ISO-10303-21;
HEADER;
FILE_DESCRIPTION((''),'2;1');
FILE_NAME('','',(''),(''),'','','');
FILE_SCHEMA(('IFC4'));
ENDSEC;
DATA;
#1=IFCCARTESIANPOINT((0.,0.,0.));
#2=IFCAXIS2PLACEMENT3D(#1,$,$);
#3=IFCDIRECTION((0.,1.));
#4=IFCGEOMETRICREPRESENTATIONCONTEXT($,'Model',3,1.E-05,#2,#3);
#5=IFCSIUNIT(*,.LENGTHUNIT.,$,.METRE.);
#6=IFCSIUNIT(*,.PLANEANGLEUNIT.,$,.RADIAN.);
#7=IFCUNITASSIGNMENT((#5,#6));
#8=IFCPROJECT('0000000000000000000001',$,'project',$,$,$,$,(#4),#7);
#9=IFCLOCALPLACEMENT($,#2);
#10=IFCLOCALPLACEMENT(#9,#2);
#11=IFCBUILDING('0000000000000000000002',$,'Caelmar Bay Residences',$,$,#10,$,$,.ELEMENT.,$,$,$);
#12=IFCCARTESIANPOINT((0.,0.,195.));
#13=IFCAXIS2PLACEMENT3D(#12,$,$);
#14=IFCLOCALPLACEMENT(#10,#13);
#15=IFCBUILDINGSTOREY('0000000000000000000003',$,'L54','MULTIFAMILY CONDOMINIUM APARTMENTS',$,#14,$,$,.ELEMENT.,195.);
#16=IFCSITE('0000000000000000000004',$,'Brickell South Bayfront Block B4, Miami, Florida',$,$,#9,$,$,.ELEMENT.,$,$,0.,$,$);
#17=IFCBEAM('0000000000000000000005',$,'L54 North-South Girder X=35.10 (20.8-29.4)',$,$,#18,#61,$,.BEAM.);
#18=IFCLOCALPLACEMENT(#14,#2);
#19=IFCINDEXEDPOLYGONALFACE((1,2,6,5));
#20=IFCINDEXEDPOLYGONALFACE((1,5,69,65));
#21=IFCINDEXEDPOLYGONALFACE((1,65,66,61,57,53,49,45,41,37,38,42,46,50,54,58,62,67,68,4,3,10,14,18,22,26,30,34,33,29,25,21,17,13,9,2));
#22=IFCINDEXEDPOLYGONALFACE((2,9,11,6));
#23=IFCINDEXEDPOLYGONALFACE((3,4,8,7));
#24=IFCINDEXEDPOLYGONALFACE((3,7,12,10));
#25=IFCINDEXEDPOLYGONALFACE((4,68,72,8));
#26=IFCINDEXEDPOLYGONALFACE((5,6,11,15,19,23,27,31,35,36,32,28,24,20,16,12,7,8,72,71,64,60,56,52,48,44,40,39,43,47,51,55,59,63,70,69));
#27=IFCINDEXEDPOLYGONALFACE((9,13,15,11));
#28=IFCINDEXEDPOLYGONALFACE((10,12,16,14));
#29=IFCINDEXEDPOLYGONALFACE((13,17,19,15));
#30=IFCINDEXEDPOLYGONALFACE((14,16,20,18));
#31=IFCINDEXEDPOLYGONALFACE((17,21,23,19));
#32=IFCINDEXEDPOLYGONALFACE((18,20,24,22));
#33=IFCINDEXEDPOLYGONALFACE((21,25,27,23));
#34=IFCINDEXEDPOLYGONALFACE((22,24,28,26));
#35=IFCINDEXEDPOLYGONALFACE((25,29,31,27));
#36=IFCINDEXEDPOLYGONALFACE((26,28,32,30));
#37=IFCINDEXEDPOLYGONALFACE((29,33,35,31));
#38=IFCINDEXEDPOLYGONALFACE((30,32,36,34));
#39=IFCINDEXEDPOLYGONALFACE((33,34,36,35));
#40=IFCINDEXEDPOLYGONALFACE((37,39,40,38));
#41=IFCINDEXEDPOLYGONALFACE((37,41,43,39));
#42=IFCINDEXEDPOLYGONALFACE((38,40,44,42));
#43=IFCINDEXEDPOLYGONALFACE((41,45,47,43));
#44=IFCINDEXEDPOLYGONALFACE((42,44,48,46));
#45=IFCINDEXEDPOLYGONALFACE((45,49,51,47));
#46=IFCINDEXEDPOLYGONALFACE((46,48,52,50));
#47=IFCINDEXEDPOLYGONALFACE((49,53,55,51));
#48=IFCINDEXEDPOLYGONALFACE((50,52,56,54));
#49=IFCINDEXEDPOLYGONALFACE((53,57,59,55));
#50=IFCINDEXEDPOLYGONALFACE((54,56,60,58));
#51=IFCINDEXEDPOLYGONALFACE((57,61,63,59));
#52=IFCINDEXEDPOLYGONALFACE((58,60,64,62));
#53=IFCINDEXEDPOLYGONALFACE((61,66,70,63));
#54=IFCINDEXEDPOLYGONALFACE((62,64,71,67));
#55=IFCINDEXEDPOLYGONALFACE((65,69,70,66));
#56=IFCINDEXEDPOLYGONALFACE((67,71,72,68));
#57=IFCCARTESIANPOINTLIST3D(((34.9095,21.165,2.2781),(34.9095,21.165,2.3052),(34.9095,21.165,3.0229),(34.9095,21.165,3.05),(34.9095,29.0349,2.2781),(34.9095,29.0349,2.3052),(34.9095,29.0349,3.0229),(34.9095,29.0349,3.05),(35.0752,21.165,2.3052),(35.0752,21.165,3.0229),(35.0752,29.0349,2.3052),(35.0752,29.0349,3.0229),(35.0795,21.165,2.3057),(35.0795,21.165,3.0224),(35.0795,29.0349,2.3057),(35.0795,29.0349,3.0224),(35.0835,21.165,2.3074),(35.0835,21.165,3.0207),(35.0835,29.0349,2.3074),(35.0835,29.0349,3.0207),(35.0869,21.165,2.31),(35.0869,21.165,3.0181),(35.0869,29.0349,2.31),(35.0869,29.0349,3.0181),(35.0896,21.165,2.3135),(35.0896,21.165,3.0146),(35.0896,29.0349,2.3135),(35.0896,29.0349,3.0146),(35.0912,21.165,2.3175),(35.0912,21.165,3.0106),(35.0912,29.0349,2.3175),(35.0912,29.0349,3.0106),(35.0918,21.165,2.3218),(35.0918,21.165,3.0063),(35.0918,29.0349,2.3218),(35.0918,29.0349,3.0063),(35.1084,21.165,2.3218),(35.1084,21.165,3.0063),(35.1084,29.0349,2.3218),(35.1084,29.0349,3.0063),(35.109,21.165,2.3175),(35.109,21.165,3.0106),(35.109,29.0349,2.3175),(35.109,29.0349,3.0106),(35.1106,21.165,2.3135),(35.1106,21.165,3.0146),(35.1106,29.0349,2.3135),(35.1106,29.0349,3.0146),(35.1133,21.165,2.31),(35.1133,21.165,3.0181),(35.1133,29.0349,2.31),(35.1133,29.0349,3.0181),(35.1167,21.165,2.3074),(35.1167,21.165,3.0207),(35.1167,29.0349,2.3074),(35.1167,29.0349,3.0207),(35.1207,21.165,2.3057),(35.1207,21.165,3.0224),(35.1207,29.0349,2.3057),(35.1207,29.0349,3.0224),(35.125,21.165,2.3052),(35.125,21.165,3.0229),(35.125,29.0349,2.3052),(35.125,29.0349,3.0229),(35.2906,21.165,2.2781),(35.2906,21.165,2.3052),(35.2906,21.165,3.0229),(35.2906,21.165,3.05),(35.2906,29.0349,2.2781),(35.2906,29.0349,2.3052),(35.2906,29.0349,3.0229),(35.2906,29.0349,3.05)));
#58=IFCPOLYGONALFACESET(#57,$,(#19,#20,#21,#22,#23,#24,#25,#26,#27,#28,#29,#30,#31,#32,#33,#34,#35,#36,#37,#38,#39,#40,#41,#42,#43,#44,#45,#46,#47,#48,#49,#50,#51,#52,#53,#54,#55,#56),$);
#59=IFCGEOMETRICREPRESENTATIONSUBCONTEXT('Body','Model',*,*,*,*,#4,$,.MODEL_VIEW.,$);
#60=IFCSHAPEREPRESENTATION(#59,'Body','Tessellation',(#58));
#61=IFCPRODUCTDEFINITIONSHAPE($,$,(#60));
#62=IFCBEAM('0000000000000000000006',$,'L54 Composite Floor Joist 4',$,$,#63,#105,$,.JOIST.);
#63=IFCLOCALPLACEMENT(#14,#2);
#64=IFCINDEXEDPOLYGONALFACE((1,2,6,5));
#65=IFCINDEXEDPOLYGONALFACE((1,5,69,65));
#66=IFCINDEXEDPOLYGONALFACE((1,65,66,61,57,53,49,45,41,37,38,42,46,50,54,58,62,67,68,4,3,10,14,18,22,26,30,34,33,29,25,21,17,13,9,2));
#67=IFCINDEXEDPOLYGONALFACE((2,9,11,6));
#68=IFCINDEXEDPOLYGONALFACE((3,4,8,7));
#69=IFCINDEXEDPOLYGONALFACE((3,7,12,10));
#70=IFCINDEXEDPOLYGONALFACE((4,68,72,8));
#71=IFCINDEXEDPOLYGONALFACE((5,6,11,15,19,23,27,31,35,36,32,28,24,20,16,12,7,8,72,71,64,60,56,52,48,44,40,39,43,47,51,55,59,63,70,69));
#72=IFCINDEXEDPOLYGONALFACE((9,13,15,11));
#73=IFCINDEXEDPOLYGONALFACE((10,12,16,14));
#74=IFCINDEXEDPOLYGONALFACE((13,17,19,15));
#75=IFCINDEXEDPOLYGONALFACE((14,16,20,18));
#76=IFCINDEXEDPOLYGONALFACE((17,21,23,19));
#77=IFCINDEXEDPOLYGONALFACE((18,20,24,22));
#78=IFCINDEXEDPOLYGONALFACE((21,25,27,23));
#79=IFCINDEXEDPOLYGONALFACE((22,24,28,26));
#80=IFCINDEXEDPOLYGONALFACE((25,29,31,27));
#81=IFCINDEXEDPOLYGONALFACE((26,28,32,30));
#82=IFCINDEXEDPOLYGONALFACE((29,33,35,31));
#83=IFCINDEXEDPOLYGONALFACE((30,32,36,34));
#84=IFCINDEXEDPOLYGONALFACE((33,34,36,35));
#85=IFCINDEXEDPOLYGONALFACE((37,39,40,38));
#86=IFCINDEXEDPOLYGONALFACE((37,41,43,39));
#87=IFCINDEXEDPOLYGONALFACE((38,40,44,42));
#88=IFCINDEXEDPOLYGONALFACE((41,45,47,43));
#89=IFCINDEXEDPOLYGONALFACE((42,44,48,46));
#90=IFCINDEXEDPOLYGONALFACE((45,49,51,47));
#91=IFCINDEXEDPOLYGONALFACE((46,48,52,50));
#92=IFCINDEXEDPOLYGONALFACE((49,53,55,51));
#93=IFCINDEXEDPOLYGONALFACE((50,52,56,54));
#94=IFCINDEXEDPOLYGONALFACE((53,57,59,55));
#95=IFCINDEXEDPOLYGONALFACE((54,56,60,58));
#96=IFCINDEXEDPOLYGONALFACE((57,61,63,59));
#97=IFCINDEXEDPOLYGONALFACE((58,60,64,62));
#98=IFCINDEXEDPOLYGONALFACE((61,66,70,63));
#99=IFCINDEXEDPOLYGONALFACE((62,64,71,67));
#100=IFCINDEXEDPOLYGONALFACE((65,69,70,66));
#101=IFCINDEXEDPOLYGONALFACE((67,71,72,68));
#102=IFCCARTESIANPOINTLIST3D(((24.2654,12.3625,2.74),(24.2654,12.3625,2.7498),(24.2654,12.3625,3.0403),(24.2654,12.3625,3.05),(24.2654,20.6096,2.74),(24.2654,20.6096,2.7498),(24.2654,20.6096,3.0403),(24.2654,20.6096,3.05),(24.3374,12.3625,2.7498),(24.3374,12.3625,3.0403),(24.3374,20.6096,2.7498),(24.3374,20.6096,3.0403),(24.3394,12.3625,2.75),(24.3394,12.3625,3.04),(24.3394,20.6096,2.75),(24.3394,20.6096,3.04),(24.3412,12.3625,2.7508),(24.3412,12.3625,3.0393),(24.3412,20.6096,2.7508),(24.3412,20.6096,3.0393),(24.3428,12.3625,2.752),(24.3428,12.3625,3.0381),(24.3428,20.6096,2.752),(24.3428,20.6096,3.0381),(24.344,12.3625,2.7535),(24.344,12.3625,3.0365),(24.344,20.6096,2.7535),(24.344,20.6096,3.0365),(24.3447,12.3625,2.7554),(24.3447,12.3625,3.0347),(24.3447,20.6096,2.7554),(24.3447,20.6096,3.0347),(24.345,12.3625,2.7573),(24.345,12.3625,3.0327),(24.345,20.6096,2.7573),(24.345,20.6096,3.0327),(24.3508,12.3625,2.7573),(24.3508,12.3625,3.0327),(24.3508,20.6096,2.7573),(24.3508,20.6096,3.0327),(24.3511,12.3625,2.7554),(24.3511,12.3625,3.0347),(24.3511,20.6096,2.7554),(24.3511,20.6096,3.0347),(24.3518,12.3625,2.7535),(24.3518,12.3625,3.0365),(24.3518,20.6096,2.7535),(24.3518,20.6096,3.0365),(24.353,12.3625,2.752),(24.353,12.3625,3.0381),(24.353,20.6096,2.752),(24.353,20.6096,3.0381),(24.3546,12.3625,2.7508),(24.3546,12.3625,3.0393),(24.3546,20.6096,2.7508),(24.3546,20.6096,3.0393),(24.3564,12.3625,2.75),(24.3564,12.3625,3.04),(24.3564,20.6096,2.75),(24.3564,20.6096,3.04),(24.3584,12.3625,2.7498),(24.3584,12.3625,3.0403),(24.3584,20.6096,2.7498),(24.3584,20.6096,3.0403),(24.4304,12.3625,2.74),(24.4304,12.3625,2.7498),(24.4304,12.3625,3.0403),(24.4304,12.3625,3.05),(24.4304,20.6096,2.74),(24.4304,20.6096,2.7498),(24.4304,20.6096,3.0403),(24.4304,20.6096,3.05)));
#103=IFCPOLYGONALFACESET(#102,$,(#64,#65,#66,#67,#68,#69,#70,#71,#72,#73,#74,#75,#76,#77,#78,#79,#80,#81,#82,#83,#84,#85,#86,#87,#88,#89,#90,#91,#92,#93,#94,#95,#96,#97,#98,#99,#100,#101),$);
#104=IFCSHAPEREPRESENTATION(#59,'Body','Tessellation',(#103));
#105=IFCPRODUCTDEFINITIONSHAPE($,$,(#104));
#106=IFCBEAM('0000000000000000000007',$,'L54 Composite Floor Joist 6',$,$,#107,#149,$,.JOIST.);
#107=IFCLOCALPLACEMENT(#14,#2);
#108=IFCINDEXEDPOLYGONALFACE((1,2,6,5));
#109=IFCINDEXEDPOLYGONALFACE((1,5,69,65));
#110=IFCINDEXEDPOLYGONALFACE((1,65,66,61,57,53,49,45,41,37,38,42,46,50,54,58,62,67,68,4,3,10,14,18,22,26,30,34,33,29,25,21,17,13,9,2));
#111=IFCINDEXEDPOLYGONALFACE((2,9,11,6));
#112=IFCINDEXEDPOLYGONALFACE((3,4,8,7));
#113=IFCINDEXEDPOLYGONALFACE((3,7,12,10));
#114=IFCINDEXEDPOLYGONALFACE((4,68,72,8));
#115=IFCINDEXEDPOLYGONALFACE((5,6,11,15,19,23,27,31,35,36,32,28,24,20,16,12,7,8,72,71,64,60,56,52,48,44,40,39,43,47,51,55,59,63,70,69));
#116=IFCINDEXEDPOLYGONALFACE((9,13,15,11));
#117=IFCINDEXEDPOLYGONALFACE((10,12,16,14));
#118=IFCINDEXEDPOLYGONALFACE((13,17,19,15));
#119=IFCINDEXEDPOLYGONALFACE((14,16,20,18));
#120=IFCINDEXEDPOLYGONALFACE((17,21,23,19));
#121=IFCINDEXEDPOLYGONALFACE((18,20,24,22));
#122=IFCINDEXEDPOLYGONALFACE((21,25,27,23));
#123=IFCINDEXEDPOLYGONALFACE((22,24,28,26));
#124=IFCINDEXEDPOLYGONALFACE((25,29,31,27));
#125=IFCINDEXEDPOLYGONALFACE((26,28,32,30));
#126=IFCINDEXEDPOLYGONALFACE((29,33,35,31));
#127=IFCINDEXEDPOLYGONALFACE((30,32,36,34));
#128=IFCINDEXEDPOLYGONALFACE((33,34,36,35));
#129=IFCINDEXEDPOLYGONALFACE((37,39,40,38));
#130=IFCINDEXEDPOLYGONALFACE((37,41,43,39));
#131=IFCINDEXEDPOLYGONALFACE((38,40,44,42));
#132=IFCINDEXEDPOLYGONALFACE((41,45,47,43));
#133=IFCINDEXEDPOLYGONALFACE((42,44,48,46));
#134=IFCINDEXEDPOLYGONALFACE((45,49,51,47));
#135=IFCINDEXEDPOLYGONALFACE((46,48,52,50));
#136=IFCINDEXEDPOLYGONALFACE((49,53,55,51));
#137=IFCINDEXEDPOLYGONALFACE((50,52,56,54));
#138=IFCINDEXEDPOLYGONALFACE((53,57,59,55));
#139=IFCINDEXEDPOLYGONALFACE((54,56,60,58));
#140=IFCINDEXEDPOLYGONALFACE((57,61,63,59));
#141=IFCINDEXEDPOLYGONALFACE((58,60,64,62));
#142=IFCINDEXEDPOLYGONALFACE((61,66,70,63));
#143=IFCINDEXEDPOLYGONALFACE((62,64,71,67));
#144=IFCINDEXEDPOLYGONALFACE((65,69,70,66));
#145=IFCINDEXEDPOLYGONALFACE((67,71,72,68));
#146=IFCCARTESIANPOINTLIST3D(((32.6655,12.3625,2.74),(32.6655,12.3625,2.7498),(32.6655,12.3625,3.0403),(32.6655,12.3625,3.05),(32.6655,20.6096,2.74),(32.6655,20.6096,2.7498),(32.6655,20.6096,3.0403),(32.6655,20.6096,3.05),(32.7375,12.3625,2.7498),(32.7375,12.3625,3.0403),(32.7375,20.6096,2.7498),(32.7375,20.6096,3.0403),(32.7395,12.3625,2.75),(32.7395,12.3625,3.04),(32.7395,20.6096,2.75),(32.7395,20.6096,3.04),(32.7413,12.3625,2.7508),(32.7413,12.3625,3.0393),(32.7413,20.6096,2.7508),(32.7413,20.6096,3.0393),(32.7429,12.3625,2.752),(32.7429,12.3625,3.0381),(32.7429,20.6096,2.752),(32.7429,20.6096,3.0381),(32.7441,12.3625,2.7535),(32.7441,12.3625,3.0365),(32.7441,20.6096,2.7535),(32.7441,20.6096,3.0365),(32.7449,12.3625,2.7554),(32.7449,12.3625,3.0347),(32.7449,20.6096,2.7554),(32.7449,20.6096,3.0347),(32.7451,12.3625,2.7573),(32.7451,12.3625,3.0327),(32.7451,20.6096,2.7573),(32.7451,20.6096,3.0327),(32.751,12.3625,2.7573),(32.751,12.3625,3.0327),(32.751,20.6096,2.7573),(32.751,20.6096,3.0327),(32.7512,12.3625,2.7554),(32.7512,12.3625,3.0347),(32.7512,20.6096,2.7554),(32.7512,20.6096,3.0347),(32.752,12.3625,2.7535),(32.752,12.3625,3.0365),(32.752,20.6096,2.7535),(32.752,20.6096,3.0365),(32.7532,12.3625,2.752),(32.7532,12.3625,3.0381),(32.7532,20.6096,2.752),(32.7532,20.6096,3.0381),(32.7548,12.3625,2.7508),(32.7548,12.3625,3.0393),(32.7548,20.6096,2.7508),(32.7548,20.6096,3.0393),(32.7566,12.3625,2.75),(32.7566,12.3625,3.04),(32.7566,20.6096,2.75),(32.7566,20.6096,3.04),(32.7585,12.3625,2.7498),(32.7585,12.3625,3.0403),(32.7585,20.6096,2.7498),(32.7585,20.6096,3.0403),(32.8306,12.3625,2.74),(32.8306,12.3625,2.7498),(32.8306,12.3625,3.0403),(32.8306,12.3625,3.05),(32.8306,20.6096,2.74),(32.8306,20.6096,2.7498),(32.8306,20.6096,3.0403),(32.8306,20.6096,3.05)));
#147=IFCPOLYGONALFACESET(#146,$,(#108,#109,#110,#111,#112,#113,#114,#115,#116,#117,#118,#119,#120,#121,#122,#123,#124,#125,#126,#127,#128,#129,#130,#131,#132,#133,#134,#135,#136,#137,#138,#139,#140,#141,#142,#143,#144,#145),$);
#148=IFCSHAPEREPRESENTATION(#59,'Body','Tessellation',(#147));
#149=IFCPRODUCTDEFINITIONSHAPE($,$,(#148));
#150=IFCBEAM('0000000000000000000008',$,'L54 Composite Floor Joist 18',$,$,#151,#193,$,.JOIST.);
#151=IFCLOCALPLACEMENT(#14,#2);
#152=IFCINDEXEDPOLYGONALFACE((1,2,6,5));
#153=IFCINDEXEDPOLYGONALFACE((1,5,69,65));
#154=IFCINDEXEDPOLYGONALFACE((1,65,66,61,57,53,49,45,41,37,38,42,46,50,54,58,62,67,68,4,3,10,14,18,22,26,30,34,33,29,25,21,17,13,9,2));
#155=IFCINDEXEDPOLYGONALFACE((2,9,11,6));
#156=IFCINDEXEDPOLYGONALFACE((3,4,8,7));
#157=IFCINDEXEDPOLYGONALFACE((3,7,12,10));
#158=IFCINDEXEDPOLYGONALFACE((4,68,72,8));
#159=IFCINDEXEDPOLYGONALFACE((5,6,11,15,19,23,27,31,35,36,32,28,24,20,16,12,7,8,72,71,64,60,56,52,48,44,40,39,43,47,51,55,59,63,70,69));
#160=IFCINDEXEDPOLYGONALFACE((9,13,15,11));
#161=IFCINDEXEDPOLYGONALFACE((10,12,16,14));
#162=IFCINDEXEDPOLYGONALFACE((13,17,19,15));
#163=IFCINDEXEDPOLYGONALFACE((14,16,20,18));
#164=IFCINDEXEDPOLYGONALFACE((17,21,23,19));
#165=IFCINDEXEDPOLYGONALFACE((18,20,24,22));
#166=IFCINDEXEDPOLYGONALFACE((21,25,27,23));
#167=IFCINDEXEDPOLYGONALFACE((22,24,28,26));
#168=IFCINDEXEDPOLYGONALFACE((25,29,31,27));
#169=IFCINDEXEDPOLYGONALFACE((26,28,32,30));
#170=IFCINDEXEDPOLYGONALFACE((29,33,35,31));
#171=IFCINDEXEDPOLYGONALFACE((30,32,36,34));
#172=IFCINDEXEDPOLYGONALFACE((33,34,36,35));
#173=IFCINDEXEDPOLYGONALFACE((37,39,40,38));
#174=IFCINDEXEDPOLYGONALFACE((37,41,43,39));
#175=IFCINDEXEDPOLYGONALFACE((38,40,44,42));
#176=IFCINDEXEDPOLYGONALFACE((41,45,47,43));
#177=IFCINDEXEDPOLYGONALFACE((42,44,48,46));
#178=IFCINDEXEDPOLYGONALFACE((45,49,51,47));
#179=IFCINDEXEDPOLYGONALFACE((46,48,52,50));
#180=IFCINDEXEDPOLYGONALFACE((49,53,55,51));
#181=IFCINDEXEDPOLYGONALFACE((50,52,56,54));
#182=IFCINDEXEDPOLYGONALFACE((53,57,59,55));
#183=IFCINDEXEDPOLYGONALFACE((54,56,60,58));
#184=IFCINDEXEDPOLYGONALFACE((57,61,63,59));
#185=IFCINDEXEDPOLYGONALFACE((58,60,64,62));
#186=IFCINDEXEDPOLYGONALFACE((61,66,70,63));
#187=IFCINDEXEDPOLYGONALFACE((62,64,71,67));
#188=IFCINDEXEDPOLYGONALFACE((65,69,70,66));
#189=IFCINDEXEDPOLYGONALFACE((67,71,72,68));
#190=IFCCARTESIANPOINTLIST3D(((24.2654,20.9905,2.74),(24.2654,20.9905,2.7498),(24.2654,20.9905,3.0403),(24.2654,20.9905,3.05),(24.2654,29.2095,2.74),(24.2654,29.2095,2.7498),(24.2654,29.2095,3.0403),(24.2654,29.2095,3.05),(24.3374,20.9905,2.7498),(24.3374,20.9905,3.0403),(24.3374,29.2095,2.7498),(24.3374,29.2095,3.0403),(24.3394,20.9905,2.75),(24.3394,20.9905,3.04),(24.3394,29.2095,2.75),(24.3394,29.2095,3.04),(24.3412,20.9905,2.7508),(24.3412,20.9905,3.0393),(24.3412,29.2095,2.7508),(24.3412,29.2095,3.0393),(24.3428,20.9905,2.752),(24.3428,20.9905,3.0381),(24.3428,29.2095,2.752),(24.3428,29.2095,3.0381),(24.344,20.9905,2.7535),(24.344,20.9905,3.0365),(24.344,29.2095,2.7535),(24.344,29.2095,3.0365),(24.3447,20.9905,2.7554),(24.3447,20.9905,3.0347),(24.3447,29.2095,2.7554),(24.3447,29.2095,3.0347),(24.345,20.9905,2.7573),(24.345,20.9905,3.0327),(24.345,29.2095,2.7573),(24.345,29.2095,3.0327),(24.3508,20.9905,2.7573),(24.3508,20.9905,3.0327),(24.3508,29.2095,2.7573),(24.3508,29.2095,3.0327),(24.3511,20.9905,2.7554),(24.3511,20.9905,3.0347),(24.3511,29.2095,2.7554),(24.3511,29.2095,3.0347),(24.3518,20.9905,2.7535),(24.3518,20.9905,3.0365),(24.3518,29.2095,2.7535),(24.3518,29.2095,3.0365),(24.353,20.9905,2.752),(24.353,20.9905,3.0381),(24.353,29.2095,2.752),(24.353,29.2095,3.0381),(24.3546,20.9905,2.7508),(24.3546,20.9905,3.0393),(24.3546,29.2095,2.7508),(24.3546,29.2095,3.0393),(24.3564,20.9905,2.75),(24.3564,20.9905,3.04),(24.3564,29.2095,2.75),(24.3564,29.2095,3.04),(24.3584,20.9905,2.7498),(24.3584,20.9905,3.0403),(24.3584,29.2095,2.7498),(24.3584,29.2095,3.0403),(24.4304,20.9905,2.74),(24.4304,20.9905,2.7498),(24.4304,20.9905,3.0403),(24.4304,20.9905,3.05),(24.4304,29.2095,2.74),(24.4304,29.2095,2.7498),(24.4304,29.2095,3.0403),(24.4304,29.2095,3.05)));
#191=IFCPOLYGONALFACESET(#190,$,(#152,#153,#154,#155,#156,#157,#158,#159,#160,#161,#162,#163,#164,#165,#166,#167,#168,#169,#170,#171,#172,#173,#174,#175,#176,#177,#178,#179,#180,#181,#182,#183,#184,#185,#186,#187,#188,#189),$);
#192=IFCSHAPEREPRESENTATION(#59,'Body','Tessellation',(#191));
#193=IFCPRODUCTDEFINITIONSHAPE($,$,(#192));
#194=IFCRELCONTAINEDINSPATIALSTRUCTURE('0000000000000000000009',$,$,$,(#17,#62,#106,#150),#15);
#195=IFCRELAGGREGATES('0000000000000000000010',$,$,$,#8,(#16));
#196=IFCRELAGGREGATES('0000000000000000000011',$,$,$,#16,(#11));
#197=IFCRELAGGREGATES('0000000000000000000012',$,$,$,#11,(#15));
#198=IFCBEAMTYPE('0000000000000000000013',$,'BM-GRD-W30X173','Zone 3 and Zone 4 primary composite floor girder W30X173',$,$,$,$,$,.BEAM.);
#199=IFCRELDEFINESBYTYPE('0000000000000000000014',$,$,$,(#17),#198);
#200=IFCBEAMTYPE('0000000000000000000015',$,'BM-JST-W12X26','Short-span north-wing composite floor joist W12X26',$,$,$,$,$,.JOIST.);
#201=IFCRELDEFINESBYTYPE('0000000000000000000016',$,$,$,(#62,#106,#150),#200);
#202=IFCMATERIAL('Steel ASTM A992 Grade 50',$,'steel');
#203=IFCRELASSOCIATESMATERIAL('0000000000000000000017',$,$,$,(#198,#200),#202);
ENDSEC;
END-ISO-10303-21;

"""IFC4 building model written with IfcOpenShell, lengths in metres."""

from ifc_helpers import new_model, si_unit, direction, frame, origin, origin_2d, place, context, subcontext, project, spatial, i_section, extrude, material, material_profile, profile_set, type_object, element, save


model = new_model("IFC4")

# Units and contexts
model_context = context("Model", 3, precision=1e-05, world=origin(), true_north=direction((0.0, 1.0)))
body_context = subcontext(model_context, "Body", "Model", "MODEL_VIEW")
ifc_project = project(units=[si_unit("LENGTHUNIT", "METRE"), si_unit("PLANEANGLEUNIT", "RADIAN")], contexts=[model_context])

# Site, building, storey
site_placement = place(None, origin())
site = spatial("IfcSite", under=ifc_project, at=site_placement, Name="Brickell South Bayfront Block B4, Miami, Florida", CompositionType="ELEMENT", RefElevation=0.0)
building_placement = place(site_placement, origin())
building = spatial("IfcBuilding", under=site, at=building_placement, Name="Caelmar Bay Residences", CompositionType="ELEMENT")
storey_placement = place(building_placement, frame((0.0, 0.0, 195.0)))
storey = spatial("IfcBuildingStorey", under=building, at=storey_placement, Name="L54", Description="MULTIFAMILY CONDOMINIUM APARTMENTS", CompositionType="ELEMENT", Elevation=195.0)

# Beams
ifc_material_1 = material(Name="Steel ASTM A992 Grade 50", Category="steel")
ifc_material_profile_1 = material_profile(ifc_material_1, i_section(OverallWidth=0.3811, OverallDepth=0.772, WebThickness=0.0166, FlangeThickness=0.0271, FilletRadius=0.0166, at=origin_2d()), Name="W30X173")
ifc_profile_set_1 = profile_set([ifc_material_profile_1], Name="Steel ASTM A992 Grade 50")
beam_type_1 = type_object("IfcBeamType", Name="BM-GRD-W30X173", Description="Zone 3 and Zone 4 primary composite floor girder W30X173", PredefinedType="BEAM", material=ifc_profile_set_1)
beam_1_placement = place(storey_placement, frame((35.1001, 21.165, 2.6641), z_axis=(0.0, 1.0, 0.0), x_axis=(-1.0, 0.0, 0.0)))
element("IfcBeam", 1, at=beam_1_placement, inside=storey, type_object=beam_type_1, Name="L54 North-South Girder X=35.10 (20.8-29.4)", PredefinedType="BEAM", context=body_context, shape_type="SweptSolid", body=[
    extrude(i_section(OverallWidth=0.3811, OverallDepth=0.772, WebThickness=0.0166, FlangeThickness=0.0271, FilletRadius=0.0166, at=origin_2d()), origin(), (0.0, 0.0, 1.0), 7.8699),
])
ifc_material_profile_2 = material_profile(ifc_material_1, i_section(OverallWidth=0.165, OverallDepth=0.3101, WebThickness=0.0059, FlangeThickness=0.0098, FilletRadius=0.0076, at=origin_2d()), Name="W12X26")
ifc_profile_set_2 = profile_set([ifc_material_profile_2], Name="Steel ASTM A992 Grade 50")
beam_type_2 = type_object("IfcBeamType", Name="BM-JST-W12X26", Description="Short-span north-wing composite floor joist W12X26", PredefinedType="JOIST", material=ifc_profile_set_2)
for number, where, z_axis, x_axis, name in (
    (2, (24.3479, 12.3625, 2.895), (0.0, 1.0, 0.0), (-1.0, 0.0, 0.0), "L54 Composite Floor Joist 4"),
    (3, (32.748, 12.3625, 2.895), (0.0, 1.0, 0.0), (-1.0, 0.0, 0.0), "L54 Composite Floor Joist 6"),
):
    element("IfcBeam", number, at=place(storey_placement, frame(where, z_axis=z_axis, x_axis=x_axis)), inside=storey, type_object=beam_type_2, Name=name, PredefinedType="JOIST", context=body_context, shape_type="SweptSolid", body=[
        extrude(i_section(OverallWidth=0.165, OverallDepth=0.3101, WebThickness=0.0059, FlangeThickness=0.0098, FilletRadius=0.0076, at=origin_2d()), origin(), (0.0, 0.0, 1.0), 8.2471),
    ])
for number, where, z_axis, x_axis, name in (
    (4, (24.3479, 20.9905, 2.895), (0.0, 1.0, 0.0), (-1.0, 0.0, 0.0), "L54 Composite Floor Joist 18"),
):
    element("IfcBeam", number, at=place(storey_placement, frame(where, z_axis=z_axis, x_axis=x_axis)), inside=storey, type_object=beam_type_2, Name=name, PredefinedType="JOIST", context=body_context, shape_type="SweptSolid", body=[
        extrude(i_section(OverallWidth=0.165, OverallDepth=0.3101, WebThickness=0.0059, FlangeThickness=0.0098, FilletRadius=0.0076, at=origin_2d()), origin(), (0.0, 0.0, 1.0), 8.219),
    ])

save(model, "model.ifc")
